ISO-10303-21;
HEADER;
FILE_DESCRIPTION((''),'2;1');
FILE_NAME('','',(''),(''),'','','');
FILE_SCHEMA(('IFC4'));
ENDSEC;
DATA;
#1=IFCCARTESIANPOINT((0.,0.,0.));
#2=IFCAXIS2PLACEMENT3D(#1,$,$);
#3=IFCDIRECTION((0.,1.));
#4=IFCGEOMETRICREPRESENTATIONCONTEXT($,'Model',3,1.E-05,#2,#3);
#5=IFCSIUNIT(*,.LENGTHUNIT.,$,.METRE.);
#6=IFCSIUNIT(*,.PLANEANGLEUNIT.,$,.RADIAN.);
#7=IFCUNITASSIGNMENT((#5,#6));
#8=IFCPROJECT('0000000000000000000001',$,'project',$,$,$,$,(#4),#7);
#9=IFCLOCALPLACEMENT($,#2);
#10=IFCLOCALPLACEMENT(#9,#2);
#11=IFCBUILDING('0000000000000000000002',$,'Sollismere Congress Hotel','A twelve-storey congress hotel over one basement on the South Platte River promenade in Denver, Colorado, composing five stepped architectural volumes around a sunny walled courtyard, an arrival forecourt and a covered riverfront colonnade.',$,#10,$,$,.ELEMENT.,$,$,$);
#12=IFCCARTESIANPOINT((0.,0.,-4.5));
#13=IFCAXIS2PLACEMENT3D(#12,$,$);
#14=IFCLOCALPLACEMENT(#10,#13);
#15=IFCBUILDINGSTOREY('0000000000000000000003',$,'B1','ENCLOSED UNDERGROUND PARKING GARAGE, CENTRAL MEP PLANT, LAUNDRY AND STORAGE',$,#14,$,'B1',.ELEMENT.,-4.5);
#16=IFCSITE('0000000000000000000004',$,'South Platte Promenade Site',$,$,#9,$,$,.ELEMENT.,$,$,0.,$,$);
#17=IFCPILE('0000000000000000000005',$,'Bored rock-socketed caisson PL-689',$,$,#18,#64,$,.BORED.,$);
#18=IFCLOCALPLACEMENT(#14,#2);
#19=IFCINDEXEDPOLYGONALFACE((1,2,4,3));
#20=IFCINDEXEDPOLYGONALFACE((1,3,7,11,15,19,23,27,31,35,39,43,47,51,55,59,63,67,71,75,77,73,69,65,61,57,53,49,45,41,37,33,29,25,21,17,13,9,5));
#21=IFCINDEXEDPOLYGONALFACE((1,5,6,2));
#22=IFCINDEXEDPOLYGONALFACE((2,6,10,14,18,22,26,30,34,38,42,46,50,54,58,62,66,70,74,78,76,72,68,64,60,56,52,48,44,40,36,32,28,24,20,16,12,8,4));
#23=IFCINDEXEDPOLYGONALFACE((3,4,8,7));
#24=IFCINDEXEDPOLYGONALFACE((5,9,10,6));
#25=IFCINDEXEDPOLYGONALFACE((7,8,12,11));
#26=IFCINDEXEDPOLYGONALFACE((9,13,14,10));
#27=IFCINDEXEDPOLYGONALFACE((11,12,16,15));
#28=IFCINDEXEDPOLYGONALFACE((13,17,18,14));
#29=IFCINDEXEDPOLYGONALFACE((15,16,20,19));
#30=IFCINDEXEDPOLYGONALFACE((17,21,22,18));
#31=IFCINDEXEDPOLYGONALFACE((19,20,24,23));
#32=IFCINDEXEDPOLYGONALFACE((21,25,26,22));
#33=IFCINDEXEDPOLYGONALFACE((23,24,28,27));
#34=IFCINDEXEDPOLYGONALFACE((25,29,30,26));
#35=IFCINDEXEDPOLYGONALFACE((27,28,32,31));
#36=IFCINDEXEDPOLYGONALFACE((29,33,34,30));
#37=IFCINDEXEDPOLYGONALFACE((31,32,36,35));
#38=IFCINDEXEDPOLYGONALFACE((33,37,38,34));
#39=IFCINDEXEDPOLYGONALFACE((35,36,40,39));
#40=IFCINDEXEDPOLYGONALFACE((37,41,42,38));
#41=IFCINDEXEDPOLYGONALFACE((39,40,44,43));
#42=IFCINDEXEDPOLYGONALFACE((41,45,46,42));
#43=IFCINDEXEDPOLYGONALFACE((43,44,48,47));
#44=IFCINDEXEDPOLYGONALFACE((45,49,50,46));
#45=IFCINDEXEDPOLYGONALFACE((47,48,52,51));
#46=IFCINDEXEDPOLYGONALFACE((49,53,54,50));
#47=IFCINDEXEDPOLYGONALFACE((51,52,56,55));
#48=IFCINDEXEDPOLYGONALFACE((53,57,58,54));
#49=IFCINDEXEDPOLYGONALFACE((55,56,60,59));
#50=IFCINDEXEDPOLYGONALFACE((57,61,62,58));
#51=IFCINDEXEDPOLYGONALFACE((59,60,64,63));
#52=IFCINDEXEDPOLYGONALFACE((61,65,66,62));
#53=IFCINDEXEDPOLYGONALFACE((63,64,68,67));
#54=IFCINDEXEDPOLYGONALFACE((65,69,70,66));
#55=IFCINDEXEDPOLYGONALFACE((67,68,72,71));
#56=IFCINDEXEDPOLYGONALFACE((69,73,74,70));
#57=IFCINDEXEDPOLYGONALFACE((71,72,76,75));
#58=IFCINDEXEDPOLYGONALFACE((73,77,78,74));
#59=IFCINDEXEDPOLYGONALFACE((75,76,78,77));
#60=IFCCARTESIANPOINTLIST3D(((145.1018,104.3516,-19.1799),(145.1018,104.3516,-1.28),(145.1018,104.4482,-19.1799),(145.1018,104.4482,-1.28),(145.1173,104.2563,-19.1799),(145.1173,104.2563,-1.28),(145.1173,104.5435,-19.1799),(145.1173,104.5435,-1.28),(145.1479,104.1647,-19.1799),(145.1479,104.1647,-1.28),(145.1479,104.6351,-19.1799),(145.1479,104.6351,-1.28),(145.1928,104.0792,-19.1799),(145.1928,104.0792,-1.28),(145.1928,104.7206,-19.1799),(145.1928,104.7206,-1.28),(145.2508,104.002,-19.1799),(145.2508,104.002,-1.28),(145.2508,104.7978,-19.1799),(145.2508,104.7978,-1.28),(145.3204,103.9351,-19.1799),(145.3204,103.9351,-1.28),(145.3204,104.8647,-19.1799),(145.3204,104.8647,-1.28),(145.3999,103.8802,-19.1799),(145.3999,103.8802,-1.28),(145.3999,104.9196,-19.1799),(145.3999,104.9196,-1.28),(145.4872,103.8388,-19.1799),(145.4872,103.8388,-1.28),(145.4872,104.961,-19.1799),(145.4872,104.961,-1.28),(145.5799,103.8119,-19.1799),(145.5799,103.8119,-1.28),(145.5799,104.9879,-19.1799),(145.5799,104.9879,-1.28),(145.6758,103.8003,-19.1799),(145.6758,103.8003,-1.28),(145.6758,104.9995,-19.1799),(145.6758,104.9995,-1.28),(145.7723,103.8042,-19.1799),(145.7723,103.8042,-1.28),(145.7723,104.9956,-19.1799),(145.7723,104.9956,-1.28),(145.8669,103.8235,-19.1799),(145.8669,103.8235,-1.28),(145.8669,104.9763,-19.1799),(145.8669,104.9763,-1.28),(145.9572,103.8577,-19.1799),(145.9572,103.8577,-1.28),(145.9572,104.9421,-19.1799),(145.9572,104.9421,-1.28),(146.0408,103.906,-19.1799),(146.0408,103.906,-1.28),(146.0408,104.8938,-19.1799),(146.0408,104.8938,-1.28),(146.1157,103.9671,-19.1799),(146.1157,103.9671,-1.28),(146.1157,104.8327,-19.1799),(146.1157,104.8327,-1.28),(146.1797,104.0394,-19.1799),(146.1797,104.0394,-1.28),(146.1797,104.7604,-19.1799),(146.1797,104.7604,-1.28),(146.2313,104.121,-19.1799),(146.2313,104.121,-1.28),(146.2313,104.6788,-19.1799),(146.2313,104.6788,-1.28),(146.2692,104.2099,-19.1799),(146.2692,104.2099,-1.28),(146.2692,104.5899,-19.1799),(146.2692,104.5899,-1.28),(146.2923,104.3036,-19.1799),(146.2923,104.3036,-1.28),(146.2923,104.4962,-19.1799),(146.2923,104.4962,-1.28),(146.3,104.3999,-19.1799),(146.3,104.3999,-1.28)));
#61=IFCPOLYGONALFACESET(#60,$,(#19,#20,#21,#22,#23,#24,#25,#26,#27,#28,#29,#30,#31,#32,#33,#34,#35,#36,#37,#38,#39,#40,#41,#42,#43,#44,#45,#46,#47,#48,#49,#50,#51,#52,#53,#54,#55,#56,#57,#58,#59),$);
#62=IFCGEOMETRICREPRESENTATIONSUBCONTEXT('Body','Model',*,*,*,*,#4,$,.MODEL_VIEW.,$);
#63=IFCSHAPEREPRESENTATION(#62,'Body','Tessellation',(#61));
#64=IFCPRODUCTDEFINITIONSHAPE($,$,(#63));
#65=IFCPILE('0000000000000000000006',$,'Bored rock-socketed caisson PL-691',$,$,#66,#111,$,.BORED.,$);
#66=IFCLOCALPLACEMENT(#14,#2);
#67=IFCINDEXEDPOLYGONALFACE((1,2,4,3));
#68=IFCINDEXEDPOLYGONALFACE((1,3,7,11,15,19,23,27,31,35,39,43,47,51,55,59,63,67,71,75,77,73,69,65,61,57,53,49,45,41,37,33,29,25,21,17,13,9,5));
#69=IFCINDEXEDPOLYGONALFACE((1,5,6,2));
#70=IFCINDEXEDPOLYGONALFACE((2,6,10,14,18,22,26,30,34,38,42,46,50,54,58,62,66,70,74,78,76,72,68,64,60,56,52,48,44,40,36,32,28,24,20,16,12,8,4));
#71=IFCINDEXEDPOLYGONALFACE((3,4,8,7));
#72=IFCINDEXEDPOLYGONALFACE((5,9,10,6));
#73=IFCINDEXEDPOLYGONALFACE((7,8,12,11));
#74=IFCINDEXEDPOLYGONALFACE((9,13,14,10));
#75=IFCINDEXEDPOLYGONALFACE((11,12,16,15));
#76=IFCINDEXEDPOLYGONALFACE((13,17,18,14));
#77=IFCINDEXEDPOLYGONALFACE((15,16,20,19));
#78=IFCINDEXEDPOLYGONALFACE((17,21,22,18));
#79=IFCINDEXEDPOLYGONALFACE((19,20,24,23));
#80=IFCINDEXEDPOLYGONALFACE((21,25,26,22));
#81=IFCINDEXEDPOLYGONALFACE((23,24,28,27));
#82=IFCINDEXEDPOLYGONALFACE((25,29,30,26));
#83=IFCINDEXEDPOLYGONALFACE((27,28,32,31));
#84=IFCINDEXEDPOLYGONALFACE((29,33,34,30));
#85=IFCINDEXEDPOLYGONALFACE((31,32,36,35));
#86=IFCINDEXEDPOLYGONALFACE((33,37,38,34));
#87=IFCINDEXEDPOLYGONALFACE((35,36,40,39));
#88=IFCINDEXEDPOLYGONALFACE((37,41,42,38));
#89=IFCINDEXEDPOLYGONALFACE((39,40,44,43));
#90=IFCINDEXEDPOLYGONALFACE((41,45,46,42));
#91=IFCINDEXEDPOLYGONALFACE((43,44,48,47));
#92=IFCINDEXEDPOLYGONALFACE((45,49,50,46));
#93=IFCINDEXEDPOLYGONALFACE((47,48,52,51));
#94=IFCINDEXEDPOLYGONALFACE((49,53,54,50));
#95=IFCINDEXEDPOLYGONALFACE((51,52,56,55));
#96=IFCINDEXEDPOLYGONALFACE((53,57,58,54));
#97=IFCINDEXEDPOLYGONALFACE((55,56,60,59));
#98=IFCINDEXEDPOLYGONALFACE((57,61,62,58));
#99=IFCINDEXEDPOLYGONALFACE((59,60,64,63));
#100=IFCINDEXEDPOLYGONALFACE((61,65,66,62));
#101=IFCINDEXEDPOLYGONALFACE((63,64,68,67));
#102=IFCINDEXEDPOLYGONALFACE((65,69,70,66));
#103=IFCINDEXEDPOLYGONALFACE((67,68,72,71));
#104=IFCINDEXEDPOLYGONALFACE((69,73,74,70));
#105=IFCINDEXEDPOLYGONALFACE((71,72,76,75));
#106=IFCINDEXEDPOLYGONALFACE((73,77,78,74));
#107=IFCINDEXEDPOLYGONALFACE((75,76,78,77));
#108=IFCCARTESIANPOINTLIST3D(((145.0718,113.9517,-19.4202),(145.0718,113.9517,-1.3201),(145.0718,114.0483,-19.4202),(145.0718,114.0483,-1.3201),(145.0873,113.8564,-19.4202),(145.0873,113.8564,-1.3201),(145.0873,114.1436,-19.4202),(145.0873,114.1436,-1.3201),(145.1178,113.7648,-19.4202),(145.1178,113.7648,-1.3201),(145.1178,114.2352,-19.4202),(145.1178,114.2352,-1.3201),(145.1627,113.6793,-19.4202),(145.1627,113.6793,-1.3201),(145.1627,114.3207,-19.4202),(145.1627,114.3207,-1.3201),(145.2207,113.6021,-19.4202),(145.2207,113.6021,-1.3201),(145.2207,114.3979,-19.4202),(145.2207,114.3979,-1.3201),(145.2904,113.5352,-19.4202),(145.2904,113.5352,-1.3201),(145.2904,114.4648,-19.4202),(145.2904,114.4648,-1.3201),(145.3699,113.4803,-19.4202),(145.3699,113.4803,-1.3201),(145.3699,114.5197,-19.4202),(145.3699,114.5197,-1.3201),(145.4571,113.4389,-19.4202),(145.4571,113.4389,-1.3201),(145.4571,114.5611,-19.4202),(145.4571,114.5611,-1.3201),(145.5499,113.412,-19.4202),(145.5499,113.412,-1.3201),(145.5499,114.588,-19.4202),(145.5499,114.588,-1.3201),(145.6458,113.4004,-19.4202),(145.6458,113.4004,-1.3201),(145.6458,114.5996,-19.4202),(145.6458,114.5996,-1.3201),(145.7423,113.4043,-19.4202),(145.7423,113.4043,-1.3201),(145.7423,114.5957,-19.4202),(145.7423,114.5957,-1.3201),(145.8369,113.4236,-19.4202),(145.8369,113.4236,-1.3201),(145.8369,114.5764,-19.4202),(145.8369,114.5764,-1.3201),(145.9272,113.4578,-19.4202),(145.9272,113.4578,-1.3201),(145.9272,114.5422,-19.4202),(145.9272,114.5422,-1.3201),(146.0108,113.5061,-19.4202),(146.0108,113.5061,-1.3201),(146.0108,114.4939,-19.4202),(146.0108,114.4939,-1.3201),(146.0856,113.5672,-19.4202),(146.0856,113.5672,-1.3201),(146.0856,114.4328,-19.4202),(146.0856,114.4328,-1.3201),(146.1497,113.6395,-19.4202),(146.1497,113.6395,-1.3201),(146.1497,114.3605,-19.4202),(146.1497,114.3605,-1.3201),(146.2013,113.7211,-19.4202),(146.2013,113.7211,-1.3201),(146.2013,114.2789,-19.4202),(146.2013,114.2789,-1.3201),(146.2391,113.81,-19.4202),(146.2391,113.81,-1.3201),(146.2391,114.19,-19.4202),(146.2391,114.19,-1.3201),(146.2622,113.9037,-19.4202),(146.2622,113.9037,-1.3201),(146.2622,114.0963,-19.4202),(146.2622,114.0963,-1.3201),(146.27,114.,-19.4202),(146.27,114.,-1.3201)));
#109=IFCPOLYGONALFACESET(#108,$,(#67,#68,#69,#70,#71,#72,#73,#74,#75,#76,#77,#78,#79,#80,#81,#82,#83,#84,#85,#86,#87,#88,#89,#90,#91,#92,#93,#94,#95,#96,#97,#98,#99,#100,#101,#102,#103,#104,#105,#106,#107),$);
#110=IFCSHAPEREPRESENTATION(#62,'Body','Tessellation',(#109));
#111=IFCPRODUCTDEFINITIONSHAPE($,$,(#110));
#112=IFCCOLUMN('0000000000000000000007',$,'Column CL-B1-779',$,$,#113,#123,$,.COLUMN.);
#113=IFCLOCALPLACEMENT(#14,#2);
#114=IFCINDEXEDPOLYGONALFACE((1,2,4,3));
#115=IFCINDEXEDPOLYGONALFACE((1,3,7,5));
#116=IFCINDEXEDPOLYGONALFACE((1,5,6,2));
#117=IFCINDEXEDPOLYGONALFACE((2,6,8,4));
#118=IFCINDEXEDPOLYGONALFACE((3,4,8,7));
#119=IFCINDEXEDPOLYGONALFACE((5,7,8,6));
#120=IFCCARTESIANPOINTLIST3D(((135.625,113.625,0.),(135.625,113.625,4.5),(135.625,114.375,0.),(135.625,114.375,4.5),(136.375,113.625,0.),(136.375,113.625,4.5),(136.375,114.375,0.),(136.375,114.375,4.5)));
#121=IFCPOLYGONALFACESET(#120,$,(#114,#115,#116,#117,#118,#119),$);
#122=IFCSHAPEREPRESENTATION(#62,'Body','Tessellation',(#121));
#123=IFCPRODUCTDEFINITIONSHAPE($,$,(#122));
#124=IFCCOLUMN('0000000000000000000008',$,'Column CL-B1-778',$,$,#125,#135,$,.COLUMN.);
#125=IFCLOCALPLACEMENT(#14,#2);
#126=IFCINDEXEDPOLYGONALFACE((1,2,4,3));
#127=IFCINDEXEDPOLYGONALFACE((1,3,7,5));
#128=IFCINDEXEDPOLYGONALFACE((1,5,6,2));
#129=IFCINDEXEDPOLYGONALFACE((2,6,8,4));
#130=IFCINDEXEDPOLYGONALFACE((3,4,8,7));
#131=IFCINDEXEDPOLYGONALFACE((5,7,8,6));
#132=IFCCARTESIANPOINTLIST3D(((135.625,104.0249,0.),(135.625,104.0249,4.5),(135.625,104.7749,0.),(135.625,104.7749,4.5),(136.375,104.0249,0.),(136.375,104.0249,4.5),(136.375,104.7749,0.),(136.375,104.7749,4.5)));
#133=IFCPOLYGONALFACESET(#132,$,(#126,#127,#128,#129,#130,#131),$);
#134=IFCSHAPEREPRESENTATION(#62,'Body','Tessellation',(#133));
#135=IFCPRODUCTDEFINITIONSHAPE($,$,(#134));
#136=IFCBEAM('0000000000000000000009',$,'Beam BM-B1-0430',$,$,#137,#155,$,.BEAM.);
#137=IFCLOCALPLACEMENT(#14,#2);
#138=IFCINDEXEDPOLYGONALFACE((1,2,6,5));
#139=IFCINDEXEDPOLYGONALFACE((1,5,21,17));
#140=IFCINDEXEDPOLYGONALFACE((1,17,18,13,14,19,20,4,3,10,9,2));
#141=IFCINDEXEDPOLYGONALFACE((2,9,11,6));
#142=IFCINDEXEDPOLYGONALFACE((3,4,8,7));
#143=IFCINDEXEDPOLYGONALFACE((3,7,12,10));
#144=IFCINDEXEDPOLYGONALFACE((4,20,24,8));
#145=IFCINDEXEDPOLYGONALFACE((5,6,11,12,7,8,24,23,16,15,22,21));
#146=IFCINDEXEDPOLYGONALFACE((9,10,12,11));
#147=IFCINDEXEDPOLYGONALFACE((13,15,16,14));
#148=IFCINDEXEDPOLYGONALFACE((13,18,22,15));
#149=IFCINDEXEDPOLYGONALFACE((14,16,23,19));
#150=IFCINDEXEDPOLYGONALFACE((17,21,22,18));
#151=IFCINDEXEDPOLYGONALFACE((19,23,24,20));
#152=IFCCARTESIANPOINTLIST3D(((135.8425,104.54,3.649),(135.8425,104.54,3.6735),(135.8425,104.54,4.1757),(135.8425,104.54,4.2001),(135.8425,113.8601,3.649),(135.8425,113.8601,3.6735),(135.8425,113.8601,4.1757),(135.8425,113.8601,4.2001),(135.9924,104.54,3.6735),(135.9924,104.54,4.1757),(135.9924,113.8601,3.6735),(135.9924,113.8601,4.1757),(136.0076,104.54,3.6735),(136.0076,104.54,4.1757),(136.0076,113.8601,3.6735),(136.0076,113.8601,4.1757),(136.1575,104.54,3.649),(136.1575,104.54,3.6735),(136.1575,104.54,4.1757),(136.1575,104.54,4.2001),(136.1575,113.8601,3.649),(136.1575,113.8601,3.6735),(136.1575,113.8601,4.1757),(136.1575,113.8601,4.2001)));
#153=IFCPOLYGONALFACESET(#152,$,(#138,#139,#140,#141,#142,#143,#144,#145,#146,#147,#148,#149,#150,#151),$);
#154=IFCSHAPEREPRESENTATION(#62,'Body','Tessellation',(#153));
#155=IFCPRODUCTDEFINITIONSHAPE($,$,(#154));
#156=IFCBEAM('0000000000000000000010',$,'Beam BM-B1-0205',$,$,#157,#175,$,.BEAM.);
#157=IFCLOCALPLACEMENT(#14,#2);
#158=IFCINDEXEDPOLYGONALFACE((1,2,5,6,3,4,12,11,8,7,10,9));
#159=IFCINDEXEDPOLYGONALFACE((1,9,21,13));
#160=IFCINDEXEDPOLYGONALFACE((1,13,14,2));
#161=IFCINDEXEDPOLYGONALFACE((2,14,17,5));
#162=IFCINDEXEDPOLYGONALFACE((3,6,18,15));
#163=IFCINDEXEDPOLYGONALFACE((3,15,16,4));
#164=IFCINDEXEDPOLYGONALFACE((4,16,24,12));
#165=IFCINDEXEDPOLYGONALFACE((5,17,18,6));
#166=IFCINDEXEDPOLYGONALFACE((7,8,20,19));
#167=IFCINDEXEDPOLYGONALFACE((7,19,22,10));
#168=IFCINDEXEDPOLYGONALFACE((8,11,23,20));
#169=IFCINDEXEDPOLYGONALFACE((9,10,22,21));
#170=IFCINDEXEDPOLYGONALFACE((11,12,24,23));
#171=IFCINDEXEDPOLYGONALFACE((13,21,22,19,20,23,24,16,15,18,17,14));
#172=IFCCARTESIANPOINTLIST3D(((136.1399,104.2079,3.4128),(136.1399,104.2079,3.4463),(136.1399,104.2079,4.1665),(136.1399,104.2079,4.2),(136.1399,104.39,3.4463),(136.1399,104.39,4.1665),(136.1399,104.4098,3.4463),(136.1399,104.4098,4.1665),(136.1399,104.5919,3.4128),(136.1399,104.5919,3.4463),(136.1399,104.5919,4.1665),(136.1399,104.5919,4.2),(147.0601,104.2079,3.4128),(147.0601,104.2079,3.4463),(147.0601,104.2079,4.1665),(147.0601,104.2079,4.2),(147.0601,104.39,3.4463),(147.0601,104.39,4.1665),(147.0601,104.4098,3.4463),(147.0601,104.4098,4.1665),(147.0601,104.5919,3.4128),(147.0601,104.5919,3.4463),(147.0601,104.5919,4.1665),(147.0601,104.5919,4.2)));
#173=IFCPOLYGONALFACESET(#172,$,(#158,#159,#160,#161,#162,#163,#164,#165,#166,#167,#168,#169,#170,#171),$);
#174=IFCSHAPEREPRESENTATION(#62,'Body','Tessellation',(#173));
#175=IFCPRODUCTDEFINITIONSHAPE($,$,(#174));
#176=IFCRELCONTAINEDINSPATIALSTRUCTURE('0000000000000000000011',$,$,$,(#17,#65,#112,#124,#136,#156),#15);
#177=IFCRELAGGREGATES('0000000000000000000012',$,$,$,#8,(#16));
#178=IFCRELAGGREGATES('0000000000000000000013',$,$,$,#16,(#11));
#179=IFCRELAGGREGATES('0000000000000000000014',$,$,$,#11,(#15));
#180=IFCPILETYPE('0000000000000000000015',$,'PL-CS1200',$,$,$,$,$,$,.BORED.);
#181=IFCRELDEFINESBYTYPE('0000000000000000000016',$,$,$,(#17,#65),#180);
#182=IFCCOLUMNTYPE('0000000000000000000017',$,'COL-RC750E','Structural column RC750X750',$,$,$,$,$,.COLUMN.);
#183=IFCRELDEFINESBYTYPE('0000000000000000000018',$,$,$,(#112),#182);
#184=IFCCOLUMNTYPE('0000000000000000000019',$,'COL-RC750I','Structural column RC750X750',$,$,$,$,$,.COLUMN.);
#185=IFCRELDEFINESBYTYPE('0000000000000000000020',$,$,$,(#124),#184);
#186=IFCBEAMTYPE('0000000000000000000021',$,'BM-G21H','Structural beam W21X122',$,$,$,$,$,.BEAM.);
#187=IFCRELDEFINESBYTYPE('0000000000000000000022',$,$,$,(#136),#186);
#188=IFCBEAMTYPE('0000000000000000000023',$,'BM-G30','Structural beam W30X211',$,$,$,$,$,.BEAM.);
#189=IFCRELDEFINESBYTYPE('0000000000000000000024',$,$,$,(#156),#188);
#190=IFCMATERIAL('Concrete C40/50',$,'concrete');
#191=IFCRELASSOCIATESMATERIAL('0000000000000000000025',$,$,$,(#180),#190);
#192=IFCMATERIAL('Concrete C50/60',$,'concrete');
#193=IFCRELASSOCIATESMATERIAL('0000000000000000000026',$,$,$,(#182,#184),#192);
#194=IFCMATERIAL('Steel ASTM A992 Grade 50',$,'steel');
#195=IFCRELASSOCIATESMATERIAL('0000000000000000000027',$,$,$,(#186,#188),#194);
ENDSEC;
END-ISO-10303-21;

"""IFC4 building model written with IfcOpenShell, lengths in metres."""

from ifc_helpers import new_model, si_unit, direction, frame, origin, origin_2d, place, context, subcontext, project, spatial, rectangle, circle, i_section, extrude, material, material_profile, profile_set, type_object, element, save


model = new_model("IFC4")

# Units and contexts
model_context = context("Model", 3, precision=1e-05, world=origin(), true_north=direction((0.0, 1.0)))
body_context = subcontext(model_context, "Body", "Model", "MODEL_VIEW")
ifc_project = project(units=[si_unit("LENGTHUNIT", "METRE"), si_unit("PLANEANGLEUNIT", "RADIAN")], contexts=[model_context])

# Site, building, storey
site_placement = place(None, origin())
site = spatial("IfcSite", under=ifc_project, at=site_placement, Name="South Platte Promenade Site", CompositionType="ELEMENT", RefElevation=0.0)
building_placement = place(site_placement, origin())
building = spatial("IfcBuilding", under=site, at=building_placement, Name="Sollismere Congress Hotel", Description="A twelve-storey congress hotel over one basement on the South Platte River promenade in Denver, Colorado, composing five stepped architectural volumes around a sunny walled courtyard, an arrival forecourt and a covered riverfront colonnade.", CompositionType="ELEMENT")
storey_placement = place(building_placement, frame((0.0, 0.0, -4.5)))
storey = spatial("IfcBuildingStorey", under=building, at=storey_placement, Name="B1", Description="ENCLOSED UNDERGROUND PARKING GARAGE, CENTRAL MEP PLANT, LAUNDRY AND STORAGE", LongName="B1", CompositionType="ELEMENT", Elevation=-4.5)

# Shared definitions
ifc_material_1 = material(Name="Concrete C40/50", Category="concrete")

# Piles
ifc_material_profile_1 = material_profile(ifc_material_1, circle(Radius=0.6001, at=origin_2d()), Name="CAISSON1200")
ifc_profile_set_1 = profile_set([ifc_material_profile_1], Name="Concrete C40/50")
pile_type = type_object("IfcPileType", Name="PL-CS1200", PredefinedType="BORED", material=ifc_profile_set_1)
pile_1_placement = place(storey_placement, frame((145.7, 104.3999, -1.28), z_axis=(0.0, 0.0, -1.0), x_axis=(1.0, 0.0, 0.0)))
element("IfcPile", 1, at=pile_1_placement, inside=storey, type_object=pile_type, Name="Bored rock-socketed caisson PL-689", PredefinedType="BORED", context=body_context, shape_type="SweptSolid", body=[
    extrude(circle(Radius=0.6001, at=origin_2d()), origin(), (0.0, 0.0, 1.0), 17.8999),
])
pile_2_placement = place(storey_placement, frame((145.6699, 114.0, -1.3201), z_axis=(0.0, 0.0, -1.0), x_axis=(1.0, 0.0, 0.0)))
element("IfcPile", 2, at=pile_2_placement, inside=storey, type_object=pile_type, Name="Bored rock-socketed caisson PL-691", PredefinedType="BORED", context=body_context, shape_type="SweptSolid", body=[
    extrude(circle(Radius=0.6001, at=origin_2d()), origin(), (0.0, 0.0, 1.0), 18.1001),
])

# Columns
ifc_material_2 = material(Name="Concrete C50/60", Category="concrete")
ifc_material_profile_2 = material_profile(ifc_material_2, rectangle(XDim=0.75, YDim=0.75, at=origin_2d()), Name="RC750X750")
ifc_profile_set_2 = profile_set([ifc_material_profile_2], Name="Concrete C50/60")
column_type_1 = type_object("IfcColumnType", Name="COL-RC750E", Description="Structural column RC750X750", PredefinedType="COLUMN", material=ifc_profile_set_2)
column_1_placement = place(storey_placement, frame((136.0, 114.0, 0.0), z_axis=(0.0, 0.0, 1.0), x_axis=(1.0, 0.0, 0.0)))
element("IfcColumn", 3, at=column_1_placement, inside=storey, type_object=column_type_1, Name="Column CL-B1-779", PredefinedType="COLUMN", context=body_context, shape_type="SweptSolid", body=[
    extrude(rectangle(XDim=0.75, YDim=0.75, at=origin_2d()), origin(), (0.0, 0.0, 1.0), 4.5),
])
ifc_material_profile_3 = material_profile(ifc_material_2, rectangle(XDim=0.75, YDim=0.75, at=origin_2d()), Name="RC750X750")
ifc_profile_set_3 = profile_set([ifc_material_profile_3], Name="Concrete C50/60")
column_type_2 = type_object("IfcColumnType", Name="COL-RC750I", Description="Structural column RC750X750", PredefinedType="COLUMN", material=ifc_profile_set_3)
column_2_placement = place(storey_placement, frame((136.0, 104.3999, 0.0), z_axis=(0.0, 0.0, 1.0), x_axis=(1.0, 0.0, 0.0)))
element("IfcColumn", 4, at=column_2_placement, inside=storey, type_object=column_type_2, Name="Column CL-B1-778", PredefinedType="COLUMN", context=body_context, shape_type="SweptSolid", body=[
    extrude(rectangle(XDim=0.75, YDim=0.75, at=origin_2d()), origin(), (0.0, 0.0, 1.0), 4.5),
])

# Beams
ifc_material_3 = material(Name="Steel ASTM A992 Grade 50", Category="steel")
ifc_material_profile_4 = material_profile(ifc_material_3, i_section(OverallWidth=0.3149, OverallDepth=0.551, WebThickness=0.0151, FlangeThickness=0.0244, at=origin_2d()), Name="W21X122")
ifc_profile_set_4 = profile_set([ifc_material_profile_4], Name="Steel ASTM A992 Grade 50")
beam_type_1 = type_object("IfcBeamType", Name="BM-G21H", Description="Structural beam W21X122", PredefinedType="BEAM", material=ifc_profile_set_4)
beam_1_placement = place(storey_placement, frame((136.0, 104.54, 3.9246), z_axis=(0.0, 1.0, 0.0), x_axis=(-1.0, 0.0, 0.0)))
element("IfcBeam", 5, at=beam_1_placement, inside=storey, type_object=beam_type_1, Name="Beam BM-B1-0430", PredefinedType="BEAM", context=body_context, shape_type="SweptSolid", body=[
    extrude(i_section(OverallWidth=0.3149, OverallDepth=0.551, WebThickness=0.0151, FlangeThickness=0.0244, at=origin_2d()), origin(), (0.0, 0.0, 1.0), 9.3201),
])
ifc_material_profile_5 = material_profile(ifc_material_3, i_section(OverallWidth=0.384, OverallDepth=0.7871, WebThickness=0.0198, FlangeThickness=0.0334, at=origin_2d()), Name="W30X211")
ifc_profile_set_5 = profile_set([ifc_material_profile_5], Name="Steel ASTM A992 Grade 50")
beam_type_2 = type_object("IfcBeamType", Name="BM-G30", Description="Structural beam W30X211", PredefinedType="BEAM", material=ifc_profile_set_5)
beam_2_placement = place(storey_placement, frame((136.1399, 104.3999, 3.8064), z_axis=(1.0, 0.0, 0.0), x_axis=(0.0, 1.0, 0.0)))
element("IfcBeam", 6, at=beam_2_placement, inside=storey, type_object=beam_type_2, Name="Beam BM-B1-0205", PredefinedType="BEAM", context=body_context, shape_type="SweptSolid", body=[
    extrude(i_section(OverallWidth=0.384, OverallDepth=0.7871, WebThickness=0.0198, FlangeThickness=0.0334, at=origin_2d()), origin(), (0.0, 0.0, 1.0), 10.9202),
])

save(model, "model.ifc")
